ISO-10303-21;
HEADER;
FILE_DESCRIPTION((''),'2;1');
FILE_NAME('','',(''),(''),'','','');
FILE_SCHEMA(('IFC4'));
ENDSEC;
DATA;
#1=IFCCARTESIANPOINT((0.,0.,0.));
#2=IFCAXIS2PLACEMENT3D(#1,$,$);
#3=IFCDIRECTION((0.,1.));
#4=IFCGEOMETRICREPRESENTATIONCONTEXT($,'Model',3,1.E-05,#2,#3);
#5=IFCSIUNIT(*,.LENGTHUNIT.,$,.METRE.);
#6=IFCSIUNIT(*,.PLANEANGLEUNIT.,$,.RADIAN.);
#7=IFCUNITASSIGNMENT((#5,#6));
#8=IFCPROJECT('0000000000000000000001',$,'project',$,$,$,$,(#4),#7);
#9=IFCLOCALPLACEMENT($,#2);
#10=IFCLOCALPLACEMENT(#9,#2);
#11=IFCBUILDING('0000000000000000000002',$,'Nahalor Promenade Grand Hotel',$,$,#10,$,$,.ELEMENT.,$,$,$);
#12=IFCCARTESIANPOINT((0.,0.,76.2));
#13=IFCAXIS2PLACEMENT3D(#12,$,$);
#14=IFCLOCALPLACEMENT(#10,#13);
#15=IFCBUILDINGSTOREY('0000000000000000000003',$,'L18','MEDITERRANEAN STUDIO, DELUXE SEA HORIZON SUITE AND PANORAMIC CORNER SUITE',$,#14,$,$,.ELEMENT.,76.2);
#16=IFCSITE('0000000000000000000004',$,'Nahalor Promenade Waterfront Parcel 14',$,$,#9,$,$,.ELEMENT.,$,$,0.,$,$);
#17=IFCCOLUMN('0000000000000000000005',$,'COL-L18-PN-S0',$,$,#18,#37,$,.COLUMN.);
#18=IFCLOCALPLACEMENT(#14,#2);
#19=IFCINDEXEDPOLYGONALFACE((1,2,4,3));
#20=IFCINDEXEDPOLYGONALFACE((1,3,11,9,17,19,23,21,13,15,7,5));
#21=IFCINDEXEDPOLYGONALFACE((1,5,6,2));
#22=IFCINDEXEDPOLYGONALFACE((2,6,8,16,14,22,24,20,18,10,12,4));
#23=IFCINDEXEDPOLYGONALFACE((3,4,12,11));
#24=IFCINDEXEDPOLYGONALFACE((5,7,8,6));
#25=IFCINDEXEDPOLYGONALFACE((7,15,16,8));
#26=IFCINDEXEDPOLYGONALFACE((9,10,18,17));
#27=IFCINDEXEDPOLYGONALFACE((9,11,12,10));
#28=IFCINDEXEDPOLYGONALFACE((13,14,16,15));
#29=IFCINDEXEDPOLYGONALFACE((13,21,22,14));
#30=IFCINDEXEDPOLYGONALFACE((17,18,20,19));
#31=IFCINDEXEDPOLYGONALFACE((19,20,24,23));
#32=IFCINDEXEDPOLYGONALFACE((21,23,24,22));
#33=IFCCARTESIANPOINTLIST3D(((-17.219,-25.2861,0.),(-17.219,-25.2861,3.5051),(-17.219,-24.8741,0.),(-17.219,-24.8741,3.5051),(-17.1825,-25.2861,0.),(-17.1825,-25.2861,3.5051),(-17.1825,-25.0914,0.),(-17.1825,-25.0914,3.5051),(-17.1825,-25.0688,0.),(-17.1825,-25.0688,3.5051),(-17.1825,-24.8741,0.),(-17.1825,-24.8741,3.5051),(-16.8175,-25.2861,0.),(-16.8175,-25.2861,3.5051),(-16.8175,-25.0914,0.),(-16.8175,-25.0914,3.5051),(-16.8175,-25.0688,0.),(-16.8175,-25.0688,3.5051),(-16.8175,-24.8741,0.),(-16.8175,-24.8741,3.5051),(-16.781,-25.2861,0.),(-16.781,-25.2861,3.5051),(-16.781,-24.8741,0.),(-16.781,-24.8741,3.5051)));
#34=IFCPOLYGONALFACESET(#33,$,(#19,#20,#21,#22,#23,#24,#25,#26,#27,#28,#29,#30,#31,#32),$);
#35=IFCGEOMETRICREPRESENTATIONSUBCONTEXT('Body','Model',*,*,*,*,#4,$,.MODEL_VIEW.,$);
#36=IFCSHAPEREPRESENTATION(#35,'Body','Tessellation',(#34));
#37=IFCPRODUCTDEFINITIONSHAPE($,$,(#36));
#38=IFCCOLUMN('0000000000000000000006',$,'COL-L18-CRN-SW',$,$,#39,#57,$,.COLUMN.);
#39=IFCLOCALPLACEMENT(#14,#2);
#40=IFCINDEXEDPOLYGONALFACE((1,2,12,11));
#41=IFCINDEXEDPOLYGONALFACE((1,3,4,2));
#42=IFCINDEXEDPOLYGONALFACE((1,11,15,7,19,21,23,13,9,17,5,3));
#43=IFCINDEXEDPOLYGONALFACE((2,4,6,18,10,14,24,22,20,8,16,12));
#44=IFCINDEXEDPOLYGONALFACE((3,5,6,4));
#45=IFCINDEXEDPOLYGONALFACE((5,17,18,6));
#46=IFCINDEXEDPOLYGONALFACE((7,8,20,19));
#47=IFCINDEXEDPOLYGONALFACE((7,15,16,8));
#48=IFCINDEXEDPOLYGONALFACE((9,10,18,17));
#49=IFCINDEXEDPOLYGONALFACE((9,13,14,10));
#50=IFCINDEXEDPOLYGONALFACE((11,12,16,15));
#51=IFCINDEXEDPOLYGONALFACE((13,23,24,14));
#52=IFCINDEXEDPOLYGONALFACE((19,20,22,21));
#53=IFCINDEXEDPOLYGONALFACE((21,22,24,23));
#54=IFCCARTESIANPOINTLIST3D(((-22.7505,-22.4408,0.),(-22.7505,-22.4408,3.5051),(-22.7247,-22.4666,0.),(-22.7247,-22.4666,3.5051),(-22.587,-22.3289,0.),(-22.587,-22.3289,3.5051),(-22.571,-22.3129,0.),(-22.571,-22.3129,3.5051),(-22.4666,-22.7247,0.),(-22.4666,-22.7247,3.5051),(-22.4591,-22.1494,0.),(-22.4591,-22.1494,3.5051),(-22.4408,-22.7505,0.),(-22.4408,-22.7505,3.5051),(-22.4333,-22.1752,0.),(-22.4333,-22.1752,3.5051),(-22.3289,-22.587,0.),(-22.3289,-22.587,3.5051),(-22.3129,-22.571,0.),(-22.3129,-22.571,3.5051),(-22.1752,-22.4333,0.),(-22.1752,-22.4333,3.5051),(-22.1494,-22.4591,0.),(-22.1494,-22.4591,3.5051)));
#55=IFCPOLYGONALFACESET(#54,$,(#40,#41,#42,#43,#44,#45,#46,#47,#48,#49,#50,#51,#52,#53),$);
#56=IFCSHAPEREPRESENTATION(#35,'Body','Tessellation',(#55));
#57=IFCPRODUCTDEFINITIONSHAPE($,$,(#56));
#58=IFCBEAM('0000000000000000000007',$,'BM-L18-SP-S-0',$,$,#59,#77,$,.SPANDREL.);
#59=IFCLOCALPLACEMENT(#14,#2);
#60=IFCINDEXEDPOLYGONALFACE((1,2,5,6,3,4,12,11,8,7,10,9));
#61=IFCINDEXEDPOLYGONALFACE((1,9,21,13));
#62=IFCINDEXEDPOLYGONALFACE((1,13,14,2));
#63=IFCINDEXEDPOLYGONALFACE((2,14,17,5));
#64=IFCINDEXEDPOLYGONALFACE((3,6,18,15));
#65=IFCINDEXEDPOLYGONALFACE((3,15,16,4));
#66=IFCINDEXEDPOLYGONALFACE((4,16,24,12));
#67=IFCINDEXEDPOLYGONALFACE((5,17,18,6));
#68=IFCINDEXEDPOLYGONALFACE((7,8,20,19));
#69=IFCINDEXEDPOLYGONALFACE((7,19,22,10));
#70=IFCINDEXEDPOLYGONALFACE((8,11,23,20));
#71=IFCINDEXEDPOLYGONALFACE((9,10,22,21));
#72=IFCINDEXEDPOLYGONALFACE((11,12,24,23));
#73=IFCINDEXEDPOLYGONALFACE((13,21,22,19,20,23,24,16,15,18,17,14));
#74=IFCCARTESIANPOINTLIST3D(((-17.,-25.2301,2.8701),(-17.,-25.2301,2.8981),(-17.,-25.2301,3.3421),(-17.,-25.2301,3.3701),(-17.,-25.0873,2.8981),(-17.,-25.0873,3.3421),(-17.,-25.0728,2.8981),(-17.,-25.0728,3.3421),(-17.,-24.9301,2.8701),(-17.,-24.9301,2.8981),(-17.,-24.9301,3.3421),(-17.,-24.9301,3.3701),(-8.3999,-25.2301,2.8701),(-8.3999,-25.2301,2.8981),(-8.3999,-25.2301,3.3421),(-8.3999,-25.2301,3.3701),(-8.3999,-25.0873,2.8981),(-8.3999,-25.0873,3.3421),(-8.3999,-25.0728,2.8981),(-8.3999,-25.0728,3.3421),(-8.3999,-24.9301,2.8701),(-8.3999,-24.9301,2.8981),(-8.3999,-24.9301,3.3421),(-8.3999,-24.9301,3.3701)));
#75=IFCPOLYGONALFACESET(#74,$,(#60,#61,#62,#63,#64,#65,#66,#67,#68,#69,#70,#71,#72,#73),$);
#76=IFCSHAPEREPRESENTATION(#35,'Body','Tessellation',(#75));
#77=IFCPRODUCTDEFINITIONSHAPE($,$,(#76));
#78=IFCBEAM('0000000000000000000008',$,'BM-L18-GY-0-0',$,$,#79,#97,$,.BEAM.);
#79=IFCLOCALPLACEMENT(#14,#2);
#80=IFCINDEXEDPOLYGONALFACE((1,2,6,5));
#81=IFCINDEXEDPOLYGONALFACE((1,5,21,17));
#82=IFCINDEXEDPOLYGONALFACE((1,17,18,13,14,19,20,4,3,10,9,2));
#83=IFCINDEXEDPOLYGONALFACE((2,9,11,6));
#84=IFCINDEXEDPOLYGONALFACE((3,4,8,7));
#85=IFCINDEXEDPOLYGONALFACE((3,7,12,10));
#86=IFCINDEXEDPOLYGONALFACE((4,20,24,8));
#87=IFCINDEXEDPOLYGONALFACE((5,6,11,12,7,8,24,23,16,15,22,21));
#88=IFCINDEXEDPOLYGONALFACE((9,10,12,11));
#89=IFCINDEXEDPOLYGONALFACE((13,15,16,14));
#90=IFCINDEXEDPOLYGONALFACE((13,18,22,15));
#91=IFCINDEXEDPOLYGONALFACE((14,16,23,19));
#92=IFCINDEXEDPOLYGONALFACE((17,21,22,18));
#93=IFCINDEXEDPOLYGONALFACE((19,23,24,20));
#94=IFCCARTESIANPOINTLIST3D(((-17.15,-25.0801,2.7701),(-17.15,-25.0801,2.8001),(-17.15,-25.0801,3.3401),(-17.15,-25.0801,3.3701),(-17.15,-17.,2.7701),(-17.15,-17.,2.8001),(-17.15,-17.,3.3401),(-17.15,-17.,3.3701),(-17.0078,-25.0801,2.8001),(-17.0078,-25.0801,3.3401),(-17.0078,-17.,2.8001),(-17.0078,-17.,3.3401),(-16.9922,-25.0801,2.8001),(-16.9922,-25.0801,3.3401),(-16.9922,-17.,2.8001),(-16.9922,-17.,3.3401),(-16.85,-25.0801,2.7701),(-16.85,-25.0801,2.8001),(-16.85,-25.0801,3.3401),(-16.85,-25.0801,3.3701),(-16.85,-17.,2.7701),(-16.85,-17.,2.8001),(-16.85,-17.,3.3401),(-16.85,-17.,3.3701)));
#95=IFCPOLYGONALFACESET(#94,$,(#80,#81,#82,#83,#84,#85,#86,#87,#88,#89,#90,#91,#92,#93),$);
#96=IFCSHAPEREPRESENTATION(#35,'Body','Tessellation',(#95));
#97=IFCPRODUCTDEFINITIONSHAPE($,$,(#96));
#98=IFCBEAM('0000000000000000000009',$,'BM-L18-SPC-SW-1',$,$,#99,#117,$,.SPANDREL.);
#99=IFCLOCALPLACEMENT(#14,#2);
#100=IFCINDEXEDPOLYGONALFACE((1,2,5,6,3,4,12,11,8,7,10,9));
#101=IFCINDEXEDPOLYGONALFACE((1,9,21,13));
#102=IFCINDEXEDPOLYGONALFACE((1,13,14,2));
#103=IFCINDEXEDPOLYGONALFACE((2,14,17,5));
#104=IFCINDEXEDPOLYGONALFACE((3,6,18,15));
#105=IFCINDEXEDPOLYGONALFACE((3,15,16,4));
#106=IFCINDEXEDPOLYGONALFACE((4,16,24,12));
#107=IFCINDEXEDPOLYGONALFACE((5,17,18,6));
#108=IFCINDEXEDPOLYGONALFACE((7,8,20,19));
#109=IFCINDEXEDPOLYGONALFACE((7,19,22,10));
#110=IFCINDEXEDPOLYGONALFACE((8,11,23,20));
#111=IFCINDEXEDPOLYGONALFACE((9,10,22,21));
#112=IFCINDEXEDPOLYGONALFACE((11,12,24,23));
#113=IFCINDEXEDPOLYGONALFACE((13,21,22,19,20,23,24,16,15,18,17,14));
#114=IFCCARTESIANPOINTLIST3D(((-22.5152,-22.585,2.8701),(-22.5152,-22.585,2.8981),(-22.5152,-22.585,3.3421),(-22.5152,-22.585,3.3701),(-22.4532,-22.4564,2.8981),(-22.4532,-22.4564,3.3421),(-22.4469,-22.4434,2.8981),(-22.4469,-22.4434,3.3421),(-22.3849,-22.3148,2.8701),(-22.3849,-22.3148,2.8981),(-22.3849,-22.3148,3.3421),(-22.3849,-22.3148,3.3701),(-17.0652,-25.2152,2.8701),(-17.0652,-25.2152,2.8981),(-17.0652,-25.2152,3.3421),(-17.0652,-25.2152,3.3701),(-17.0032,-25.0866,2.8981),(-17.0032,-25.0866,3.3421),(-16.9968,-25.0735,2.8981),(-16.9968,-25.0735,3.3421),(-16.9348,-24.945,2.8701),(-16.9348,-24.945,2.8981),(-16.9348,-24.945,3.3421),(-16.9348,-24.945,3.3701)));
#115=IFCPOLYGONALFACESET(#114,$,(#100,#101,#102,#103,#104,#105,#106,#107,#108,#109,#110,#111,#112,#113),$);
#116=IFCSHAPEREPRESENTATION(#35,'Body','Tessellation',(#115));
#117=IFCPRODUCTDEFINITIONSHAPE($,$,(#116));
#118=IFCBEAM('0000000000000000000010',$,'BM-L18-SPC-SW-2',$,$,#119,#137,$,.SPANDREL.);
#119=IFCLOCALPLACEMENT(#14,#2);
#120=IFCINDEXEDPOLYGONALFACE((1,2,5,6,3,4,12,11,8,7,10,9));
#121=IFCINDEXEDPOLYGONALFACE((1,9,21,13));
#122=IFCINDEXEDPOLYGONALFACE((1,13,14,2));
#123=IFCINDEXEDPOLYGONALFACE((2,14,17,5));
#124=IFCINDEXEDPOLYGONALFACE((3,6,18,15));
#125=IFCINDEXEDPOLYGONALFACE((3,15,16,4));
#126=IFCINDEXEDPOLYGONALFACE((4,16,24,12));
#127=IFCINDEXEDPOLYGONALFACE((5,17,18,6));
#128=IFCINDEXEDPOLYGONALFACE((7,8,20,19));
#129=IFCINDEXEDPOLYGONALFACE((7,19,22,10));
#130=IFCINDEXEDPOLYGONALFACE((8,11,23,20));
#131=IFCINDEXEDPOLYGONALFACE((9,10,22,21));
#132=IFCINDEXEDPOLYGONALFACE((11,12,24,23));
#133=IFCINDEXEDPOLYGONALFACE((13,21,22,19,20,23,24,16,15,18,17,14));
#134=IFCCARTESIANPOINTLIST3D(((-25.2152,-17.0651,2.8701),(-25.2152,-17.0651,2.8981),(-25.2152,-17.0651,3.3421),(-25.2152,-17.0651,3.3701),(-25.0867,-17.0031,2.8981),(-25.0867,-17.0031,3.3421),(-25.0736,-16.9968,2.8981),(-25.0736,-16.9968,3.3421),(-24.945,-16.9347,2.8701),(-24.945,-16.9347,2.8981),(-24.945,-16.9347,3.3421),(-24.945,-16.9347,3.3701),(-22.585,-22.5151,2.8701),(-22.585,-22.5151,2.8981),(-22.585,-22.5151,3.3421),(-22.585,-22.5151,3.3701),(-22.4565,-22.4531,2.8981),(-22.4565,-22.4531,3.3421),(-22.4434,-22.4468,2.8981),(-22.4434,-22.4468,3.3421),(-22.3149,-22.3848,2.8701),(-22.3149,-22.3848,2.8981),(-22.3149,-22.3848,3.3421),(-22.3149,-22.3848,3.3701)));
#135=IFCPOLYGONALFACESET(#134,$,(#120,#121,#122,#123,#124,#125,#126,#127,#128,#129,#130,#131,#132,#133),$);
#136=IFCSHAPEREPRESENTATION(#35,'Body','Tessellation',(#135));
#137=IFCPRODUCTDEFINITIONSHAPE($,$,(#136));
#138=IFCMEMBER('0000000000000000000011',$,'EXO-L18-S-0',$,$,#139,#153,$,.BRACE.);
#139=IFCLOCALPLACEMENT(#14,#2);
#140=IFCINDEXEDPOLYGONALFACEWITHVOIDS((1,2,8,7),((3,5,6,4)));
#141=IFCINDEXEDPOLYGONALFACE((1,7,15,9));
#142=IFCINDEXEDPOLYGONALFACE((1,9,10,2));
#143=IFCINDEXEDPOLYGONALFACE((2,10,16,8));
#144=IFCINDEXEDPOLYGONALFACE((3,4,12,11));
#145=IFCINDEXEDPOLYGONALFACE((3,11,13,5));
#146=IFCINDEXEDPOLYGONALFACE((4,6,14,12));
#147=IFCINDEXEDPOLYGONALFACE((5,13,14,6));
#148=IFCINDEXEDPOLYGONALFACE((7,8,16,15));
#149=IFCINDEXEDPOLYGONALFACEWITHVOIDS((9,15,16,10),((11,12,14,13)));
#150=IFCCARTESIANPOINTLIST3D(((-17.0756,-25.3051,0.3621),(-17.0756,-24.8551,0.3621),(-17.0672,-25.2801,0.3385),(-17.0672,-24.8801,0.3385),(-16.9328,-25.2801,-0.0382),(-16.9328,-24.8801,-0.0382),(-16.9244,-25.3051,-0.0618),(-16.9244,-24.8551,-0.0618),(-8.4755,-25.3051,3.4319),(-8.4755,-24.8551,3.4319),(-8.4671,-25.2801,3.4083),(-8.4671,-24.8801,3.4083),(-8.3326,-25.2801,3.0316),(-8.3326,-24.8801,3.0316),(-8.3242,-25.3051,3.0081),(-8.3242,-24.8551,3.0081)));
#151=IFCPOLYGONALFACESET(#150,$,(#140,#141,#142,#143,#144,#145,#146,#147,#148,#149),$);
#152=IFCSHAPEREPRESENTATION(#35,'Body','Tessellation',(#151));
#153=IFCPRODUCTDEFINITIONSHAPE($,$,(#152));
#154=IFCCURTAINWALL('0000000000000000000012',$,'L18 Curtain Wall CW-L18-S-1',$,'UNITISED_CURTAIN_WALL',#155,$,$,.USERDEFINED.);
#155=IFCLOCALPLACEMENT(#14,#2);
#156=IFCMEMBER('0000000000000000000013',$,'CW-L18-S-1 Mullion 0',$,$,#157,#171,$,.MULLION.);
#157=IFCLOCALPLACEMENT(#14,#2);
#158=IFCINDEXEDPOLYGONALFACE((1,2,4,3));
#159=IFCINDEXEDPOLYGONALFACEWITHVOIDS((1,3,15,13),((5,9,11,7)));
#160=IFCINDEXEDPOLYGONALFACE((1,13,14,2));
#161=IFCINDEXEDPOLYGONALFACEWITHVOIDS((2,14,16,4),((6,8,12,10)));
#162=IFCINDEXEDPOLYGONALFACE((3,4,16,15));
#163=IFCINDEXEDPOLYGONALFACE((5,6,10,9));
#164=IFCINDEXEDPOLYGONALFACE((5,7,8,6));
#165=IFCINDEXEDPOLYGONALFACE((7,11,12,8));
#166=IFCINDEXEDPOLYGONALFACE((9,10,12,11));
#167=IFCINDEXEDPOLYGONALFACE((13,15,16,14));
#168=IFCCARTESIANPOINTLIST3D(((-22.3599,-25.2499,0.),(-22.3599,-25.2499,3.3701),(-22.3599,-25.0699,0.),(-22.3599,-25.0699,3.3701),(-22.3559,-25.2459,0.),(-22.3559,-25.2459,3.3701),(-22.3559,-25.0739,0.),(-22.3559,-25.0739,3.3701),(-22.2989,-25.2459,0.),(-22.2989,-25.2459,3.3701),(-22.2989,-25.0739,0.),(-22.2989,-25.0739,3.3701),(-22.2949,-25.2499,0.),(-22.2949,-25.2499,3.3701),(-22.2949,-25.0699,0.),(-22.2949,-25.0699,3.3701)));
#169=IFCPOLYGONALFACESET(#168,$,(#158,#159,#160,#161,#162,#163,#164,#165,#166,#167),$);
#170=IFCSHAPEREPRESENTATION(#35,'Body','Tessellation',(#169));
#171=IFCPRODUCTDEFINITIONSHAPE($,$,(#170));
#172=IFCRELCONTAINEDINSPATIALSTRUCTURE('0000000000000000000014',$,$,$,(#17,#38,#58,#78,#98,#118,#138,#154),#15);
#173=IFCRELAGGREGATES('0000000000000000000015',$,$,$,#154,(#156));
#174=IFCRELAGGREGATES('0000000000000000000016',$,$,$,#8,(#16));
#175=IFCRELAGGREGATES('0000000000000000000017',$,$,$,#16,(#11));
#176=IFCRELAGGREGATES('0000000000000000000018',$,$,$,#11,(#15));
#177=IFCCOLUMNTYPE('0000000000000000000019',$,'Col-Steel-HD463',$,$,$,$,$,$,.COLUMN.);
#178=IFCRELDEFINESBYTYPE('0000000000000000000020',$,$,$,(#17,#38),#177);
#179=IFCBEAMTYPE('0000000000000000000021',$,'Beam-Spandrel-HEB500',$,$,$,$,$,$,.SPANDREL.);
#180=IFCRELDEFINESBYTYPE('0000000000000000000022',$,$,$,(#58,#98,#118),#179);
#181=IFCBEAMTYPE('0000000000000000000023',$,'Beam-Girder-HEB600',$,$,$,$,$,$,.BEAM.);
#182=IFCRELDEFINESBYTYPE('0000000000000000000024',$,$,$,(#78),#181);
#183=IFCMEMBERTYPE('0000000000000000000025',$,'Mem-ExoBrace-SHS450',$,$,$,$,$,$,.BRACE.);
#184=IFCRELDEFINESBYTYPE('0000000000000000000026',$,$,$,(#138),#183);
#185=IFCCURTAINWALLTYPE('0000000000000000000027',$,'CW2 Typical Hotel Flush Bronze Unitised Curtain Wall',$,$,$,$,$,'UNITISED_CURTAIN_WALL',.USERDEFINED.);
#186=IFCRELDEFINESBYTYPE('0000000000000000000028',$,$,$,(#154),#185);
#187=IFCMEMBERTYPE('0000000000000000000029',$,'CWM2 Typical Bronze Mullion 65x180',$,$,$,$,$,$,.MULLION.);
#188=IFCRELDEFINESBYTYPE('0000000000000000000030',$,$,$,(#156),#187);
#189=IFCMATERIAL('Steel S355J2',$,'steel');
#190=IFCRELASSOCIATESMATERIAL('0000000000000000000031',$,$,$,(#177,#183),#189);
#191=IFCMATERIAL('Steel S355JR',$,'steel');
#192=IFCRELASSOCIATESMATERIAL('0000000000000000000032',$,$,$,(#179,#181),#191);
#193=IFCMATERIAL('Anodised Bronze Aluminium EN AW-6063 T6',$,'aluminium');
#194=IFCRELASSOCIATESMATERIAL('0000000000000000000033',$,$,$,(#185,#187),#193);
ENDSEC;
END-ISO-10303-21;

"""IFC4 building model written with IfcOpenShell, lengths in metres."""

from ifc_helpers import new_model, si_unit, direction, frame, origin, origin_2d, place, context, subcontext, project, spatial, hollow_rectangle, i_section, extrude, source, transform, mapped, material, material_profile, profile_set, type_object, element, aggregate, save


model = new_model("IFC4")

# Units and contexts
model_context = context("Model", 3, precision=1e-05, world=origin(), true_north=direction((0.0, 1.0)))
body_context = subcontext(model_context, "Body", "Model", "MODEL_VIEW")
ifc_project = project(units=[si_unit("LENGTHUNIT", "METRE"), si_unit("PLANEANGLEUNIT", "RADIAN")], contexts=[model_context])

# Site, building, storey
site_placement = place(None, origin())
site = spatial("IfcSite", under=ifc_project, at=site_placement, Name="Nahalor Promenade Waterfront Parcel 14", CompositionType="ELEMENT", RefElevation=0.0)
building_placement = place(site_placement, origin())
building = spatial("IfcBuilding", under=site, at=building_placement, Name="Nahalor Promenade Grand Hotel", CompositionType="ELEMENT")
storey_placement = place(building_placement, frame((0.0, 0.0, 76.2)))
storey = spatial("IfcBuildingStorey", under=building, at=storey_placement, Name="L18", Description="MEDITERRANEAN STUDIO, DELUXE SEA HORIZON SUITE AND PANORAMIC CORNER SUITE", CompositionType="ELEMENT", Elevation=76.2)

# Columns
ifc_material_1 = material(Name="Steel S355J2", Category="steel")
ifc_material_profile_1 = material_profile(ifc_material_1, i_section(OverallWidth=0.412, OverallDepth=0.438, WebThickness=0.0226, FlangeThickness=0.0365, at=origin_2d()), Name="HD 400x463")
ifc_profile_set_1 = profile_set([ifc_material_profile_1], Name="Steel S355J2")
column_type = type_object("IfcColumnType", Name="Col-Steel-HD463", PredefinedType="COLUMN", material=ifc_profile_set_1)
shared_shape_1 = source(origin(), body_context, "Body", "SweptSolid", [
    extrude(i_section(OverallWidth=0.412, OverallDepth=0.438, WebThickness=0.0226, FlangeThickness=0.0365, at=origin_2d()), origin(), (0.0, 0.0, 1.0), 3.5051),
])
for number, where, z_axis, x_axis, name in (
    (1, (-17.0, -25.0801, 0.0), (0.0, 0.0, 1.0), (0.0, 1.0, 0.0), "COL-L18-PN-S0"),
    (2, (-22.45, -22.45, 0.0), (0.0, 0.0, 1.0), (0.707107, 0.707107, 0.0), "COL-L18-CRN-SW"),
):
    element("IfcColumn", number, at=place(storey_placement, frame(where, z_axis=z_axis, x_axis=x_axis)), inside=storey, type_object=column_type, Name=name, PredefinedType="COLUMN", context=body_context, shape_type="MappedRepresentation", body=[
        mapped(shared_shape_1, transform((0.0, 0.0, 0.0), scale=1.0)),
    ])

# Beams
ifc_material_2 = material(Name="Steel S355JR", Category="steel")
ifc_material_profile_2 = material_profile(ifc_material_2, i_section(OverallWidth=0.3, OverallDepth=0.5, WebThickness=0.0145, FlangeThickness=0.028, at=origin_2d()), Name="HEB 500")
ifc_profile_set_2 = profile_set([ifc_material_profile_2], Name="Steel S355JR")
beam_type_1 = type_object("IfcBeamType", Name="Beam-Spandrel-HEB500", PredefinedType="SPANDREL", material=ifc_profile_set_2)
shared_shape_2 = source(origin(), body_context, "Body", "SweptSolid", [
    extrude(i_section(OverallWidth=0.3, OverallDepth=0.5, WebThickness=0.0145, FlangeThickness=0.028, at=origin_2d()), origin(), (0.0, 0.0, 1.0), 8.6001),
])
beam_1_placement = place(storey_placement, frame((-17.0, -25.0801, 3.1201), z_axis=(1.0, 0.0, 0.0), x_axis=(0.0, 1.0, 0.0)))
element("IfcBeam", 3, at=beam_1_placement, inside=storey, type_object=beam_type_1, Name="BM-L18-SP-S-0", PredefinedType="SPANDREL", context=body_context, shape_type="MappedRepresentation", body=[
    mapped(shared_shape_2, transform((0.0, 0.0, 0.0), scale=1.0)),
])
ifc_material_profile_3 = material_profile(ifc_material_2, i_section(OverallWidth=0.3, OverallDepth=0.6, WebThickness=0.0155, FlangeThickness=0.03, at=origin_2d()), Name="HEB 600")
ifc_profile_set_3 = profile_set([ifc_material_profile_3], Name="Steel S355JR")
beam_type_2 = type_object("IfcBeamType", Name="Beam-Girder-HEB600", PredefinedType="BEAM", material=ifc_profile_set_3)
shared_shape_3 = source(origin(), body_context, "Body", "SweptSolid", [
    extrude(i_section(OverallWidth=0.3, OverallDepth=0.6, WebThickness=0.0155, FlangeThickness=0.03, at=origin_2d()), origin(), (0.0, 0.0, 1.0), 8.0801),
])
beam_2_placement = place(storey_placement, frame((-17.0, -25.0801, 3.0701), z_axis=(0.0, 1.0, 0.0), x_axis=(-1.0, 0.0, 0.0)))
element("IfcBeam", 4, at=beam_2_placement, inside=storey, type_object=beam_type_2, Name="BM-L18-GY-0-0", PredefinedType="BEAM", context=body_context, shape_type="MappedRepresentation", body=[
    mapped(shared_shape_3, transform((0.0, 0.0, 0.0), scale=1.0)),
])
shared_shape_4 = source(origin(), body_context, "Body", "SweptSolid", [
    extrude(i_section(OverallWidth=0.3, OverallDepth=0.5, WebThickness=0.0145, FlangeThickness=0.028, at=origin_2d()), origin(), (0.0, 0.0, 1.0), 6.0515),
])
for number, where, z_axis, x_axis, name in (
    (5, (-17.0, -25.0801, 3.1201), (-0.900609, 0.434631, 0.0), (-0.434631, -0.900609, 0.0), "BM-L18-SPC-SW-1"),
    (6, (-22.45, -22.45, 3.1201), (-0.434631, 0.900609, 0.0), (-0.900609, -0.434631, 0.0), "BM-L18-SPC-SW-2"),
):
    element("IfcBeam", number, at=place(storey_placement, frame(where, z_axis=z_axis, x_axis=x_axis)), inside=storey, type_object=beam_type_1, Name=name, PredefinedType="SPANDREL", context=body_context, shape_type="MappedRepresentation", body=[
        mapped(shared_shape_4, transform((0.0, 0.0, 0.0), scale=1.0)),
    ])

# Member
ifc_material_profile_4 = material_profile(ifc_material_1, hollow_rectangle(XDim=0.45, YDim=0.45, WallThickness=0.025, at=origin_2d()), Name="SHS 450x450x25")
ifc_profile_set_4 = profile_set([ifc_material_profile_4], Name="Steel S355J2")
member_type_1 = type_object("IfcMemberType", Name="Mem-ExoBrace-SHS450", PredefinedType="BRACE", material=ifc_profile_set_4)
shared_shape_5 = source(origin(), body_context, "Body", "SweptSolid", [
    extrude(hollow_rectangle(XDim=0.45, YDim=0.45, WallThickness=0.025, at=origin_2d()), origin(), (0.0, 0.0, 1.0), 9.1316),
])
member_1_placement = place(storey_placement, frame((-17.0, -25.0801, 0.1501), z_axis=(0.941799, 0.0, 0.336177), x_axis=(0.0, 1.0, 0.0)))
element("IfcMember", 7, at=member_1_placement, inside=storey, type_object=member_type_1, Name="EXO-L18-S-0", PredefinedType="BRACE", context=body_context, shape_type="MappedRepresentation", body=[
    mapped(shared_shape_5, transform((0.0, 0.0, 0.0), scale=1.0)),
])

# Curtain wall, member
ifc_material_3 = material(Name="Anodised Bronze Aluminium EN AW-6063 T6", Category="aluminium")
curtain_wall_type = type_object("IfcCurtainWallType", Name="CW2 Typical Hotel Flush Bronze Unitised Curtain Wall", ElementType="UNITISED_CURTAIN_WALL", PredefinedType="USERDEFINED", material=ifc_material_3)
curtain_wall_1_placement = place(storey_placement, origin())
curtain_wall_1 = element("IfcCurtainWall", 8, at=curtain_wall_1_placement, inside=storey, type_object=curtain_wall_type, Name="L18 Curtain Wall CW-L18-S-1", ObjectType="UNITISED_CURTAIN_WALL", PredefinedType="USERDEFINED")
ifc_material_profile_5 = material_profile(ifc_material_3, hollow_rectangle(XDim=0.065, YDim=0.18, WallThickness=0.004, at=origin_2d()), Name="CWM 65x180x4")
ifc_profile_set_5 = profile_set([ifc_material_profile_5], Name="Anodised Bronze Aluminium EN AW-6063 T6")
member_type_2 = type_object("IfcMemberType", Name="CWM2 Typical Bronze Mullion 65x180", PredefinedType="MULLION", material=ifc_profile_set_5)
shared_shape_6 = source(origin(), body_context, "Body", "SweptSolid", [
    extrude(hollow_rectangle(XDim=0.065, YDim=0.18, WallThickness=0.004, at=origin_2d()), origin(), (0.0, 0.0, 1.0), 3.3701),
])
member_2_placement = place(storey_placement, frame((-22.3274, -25.1599, 0.0), z_axis=(0.0, 0.0, 1.0), x_axis=(1.0, 0.0, 0.0)))
member_2 = element("IfcMember", 9, at=member_2_placement, type_object=member_type_2, Name="CW-L18-S-1 Mullion 0", PredefinedType="MULLION", context=body_context, shape_type="MappedRepresentation", body=[
    mapped(shared_shape_6, transform((0.0, 0.0, 0.0), scale=1.0)),
])

aggregate(curtain_wall_1, [member_2])

save(model, "model.ifc")
